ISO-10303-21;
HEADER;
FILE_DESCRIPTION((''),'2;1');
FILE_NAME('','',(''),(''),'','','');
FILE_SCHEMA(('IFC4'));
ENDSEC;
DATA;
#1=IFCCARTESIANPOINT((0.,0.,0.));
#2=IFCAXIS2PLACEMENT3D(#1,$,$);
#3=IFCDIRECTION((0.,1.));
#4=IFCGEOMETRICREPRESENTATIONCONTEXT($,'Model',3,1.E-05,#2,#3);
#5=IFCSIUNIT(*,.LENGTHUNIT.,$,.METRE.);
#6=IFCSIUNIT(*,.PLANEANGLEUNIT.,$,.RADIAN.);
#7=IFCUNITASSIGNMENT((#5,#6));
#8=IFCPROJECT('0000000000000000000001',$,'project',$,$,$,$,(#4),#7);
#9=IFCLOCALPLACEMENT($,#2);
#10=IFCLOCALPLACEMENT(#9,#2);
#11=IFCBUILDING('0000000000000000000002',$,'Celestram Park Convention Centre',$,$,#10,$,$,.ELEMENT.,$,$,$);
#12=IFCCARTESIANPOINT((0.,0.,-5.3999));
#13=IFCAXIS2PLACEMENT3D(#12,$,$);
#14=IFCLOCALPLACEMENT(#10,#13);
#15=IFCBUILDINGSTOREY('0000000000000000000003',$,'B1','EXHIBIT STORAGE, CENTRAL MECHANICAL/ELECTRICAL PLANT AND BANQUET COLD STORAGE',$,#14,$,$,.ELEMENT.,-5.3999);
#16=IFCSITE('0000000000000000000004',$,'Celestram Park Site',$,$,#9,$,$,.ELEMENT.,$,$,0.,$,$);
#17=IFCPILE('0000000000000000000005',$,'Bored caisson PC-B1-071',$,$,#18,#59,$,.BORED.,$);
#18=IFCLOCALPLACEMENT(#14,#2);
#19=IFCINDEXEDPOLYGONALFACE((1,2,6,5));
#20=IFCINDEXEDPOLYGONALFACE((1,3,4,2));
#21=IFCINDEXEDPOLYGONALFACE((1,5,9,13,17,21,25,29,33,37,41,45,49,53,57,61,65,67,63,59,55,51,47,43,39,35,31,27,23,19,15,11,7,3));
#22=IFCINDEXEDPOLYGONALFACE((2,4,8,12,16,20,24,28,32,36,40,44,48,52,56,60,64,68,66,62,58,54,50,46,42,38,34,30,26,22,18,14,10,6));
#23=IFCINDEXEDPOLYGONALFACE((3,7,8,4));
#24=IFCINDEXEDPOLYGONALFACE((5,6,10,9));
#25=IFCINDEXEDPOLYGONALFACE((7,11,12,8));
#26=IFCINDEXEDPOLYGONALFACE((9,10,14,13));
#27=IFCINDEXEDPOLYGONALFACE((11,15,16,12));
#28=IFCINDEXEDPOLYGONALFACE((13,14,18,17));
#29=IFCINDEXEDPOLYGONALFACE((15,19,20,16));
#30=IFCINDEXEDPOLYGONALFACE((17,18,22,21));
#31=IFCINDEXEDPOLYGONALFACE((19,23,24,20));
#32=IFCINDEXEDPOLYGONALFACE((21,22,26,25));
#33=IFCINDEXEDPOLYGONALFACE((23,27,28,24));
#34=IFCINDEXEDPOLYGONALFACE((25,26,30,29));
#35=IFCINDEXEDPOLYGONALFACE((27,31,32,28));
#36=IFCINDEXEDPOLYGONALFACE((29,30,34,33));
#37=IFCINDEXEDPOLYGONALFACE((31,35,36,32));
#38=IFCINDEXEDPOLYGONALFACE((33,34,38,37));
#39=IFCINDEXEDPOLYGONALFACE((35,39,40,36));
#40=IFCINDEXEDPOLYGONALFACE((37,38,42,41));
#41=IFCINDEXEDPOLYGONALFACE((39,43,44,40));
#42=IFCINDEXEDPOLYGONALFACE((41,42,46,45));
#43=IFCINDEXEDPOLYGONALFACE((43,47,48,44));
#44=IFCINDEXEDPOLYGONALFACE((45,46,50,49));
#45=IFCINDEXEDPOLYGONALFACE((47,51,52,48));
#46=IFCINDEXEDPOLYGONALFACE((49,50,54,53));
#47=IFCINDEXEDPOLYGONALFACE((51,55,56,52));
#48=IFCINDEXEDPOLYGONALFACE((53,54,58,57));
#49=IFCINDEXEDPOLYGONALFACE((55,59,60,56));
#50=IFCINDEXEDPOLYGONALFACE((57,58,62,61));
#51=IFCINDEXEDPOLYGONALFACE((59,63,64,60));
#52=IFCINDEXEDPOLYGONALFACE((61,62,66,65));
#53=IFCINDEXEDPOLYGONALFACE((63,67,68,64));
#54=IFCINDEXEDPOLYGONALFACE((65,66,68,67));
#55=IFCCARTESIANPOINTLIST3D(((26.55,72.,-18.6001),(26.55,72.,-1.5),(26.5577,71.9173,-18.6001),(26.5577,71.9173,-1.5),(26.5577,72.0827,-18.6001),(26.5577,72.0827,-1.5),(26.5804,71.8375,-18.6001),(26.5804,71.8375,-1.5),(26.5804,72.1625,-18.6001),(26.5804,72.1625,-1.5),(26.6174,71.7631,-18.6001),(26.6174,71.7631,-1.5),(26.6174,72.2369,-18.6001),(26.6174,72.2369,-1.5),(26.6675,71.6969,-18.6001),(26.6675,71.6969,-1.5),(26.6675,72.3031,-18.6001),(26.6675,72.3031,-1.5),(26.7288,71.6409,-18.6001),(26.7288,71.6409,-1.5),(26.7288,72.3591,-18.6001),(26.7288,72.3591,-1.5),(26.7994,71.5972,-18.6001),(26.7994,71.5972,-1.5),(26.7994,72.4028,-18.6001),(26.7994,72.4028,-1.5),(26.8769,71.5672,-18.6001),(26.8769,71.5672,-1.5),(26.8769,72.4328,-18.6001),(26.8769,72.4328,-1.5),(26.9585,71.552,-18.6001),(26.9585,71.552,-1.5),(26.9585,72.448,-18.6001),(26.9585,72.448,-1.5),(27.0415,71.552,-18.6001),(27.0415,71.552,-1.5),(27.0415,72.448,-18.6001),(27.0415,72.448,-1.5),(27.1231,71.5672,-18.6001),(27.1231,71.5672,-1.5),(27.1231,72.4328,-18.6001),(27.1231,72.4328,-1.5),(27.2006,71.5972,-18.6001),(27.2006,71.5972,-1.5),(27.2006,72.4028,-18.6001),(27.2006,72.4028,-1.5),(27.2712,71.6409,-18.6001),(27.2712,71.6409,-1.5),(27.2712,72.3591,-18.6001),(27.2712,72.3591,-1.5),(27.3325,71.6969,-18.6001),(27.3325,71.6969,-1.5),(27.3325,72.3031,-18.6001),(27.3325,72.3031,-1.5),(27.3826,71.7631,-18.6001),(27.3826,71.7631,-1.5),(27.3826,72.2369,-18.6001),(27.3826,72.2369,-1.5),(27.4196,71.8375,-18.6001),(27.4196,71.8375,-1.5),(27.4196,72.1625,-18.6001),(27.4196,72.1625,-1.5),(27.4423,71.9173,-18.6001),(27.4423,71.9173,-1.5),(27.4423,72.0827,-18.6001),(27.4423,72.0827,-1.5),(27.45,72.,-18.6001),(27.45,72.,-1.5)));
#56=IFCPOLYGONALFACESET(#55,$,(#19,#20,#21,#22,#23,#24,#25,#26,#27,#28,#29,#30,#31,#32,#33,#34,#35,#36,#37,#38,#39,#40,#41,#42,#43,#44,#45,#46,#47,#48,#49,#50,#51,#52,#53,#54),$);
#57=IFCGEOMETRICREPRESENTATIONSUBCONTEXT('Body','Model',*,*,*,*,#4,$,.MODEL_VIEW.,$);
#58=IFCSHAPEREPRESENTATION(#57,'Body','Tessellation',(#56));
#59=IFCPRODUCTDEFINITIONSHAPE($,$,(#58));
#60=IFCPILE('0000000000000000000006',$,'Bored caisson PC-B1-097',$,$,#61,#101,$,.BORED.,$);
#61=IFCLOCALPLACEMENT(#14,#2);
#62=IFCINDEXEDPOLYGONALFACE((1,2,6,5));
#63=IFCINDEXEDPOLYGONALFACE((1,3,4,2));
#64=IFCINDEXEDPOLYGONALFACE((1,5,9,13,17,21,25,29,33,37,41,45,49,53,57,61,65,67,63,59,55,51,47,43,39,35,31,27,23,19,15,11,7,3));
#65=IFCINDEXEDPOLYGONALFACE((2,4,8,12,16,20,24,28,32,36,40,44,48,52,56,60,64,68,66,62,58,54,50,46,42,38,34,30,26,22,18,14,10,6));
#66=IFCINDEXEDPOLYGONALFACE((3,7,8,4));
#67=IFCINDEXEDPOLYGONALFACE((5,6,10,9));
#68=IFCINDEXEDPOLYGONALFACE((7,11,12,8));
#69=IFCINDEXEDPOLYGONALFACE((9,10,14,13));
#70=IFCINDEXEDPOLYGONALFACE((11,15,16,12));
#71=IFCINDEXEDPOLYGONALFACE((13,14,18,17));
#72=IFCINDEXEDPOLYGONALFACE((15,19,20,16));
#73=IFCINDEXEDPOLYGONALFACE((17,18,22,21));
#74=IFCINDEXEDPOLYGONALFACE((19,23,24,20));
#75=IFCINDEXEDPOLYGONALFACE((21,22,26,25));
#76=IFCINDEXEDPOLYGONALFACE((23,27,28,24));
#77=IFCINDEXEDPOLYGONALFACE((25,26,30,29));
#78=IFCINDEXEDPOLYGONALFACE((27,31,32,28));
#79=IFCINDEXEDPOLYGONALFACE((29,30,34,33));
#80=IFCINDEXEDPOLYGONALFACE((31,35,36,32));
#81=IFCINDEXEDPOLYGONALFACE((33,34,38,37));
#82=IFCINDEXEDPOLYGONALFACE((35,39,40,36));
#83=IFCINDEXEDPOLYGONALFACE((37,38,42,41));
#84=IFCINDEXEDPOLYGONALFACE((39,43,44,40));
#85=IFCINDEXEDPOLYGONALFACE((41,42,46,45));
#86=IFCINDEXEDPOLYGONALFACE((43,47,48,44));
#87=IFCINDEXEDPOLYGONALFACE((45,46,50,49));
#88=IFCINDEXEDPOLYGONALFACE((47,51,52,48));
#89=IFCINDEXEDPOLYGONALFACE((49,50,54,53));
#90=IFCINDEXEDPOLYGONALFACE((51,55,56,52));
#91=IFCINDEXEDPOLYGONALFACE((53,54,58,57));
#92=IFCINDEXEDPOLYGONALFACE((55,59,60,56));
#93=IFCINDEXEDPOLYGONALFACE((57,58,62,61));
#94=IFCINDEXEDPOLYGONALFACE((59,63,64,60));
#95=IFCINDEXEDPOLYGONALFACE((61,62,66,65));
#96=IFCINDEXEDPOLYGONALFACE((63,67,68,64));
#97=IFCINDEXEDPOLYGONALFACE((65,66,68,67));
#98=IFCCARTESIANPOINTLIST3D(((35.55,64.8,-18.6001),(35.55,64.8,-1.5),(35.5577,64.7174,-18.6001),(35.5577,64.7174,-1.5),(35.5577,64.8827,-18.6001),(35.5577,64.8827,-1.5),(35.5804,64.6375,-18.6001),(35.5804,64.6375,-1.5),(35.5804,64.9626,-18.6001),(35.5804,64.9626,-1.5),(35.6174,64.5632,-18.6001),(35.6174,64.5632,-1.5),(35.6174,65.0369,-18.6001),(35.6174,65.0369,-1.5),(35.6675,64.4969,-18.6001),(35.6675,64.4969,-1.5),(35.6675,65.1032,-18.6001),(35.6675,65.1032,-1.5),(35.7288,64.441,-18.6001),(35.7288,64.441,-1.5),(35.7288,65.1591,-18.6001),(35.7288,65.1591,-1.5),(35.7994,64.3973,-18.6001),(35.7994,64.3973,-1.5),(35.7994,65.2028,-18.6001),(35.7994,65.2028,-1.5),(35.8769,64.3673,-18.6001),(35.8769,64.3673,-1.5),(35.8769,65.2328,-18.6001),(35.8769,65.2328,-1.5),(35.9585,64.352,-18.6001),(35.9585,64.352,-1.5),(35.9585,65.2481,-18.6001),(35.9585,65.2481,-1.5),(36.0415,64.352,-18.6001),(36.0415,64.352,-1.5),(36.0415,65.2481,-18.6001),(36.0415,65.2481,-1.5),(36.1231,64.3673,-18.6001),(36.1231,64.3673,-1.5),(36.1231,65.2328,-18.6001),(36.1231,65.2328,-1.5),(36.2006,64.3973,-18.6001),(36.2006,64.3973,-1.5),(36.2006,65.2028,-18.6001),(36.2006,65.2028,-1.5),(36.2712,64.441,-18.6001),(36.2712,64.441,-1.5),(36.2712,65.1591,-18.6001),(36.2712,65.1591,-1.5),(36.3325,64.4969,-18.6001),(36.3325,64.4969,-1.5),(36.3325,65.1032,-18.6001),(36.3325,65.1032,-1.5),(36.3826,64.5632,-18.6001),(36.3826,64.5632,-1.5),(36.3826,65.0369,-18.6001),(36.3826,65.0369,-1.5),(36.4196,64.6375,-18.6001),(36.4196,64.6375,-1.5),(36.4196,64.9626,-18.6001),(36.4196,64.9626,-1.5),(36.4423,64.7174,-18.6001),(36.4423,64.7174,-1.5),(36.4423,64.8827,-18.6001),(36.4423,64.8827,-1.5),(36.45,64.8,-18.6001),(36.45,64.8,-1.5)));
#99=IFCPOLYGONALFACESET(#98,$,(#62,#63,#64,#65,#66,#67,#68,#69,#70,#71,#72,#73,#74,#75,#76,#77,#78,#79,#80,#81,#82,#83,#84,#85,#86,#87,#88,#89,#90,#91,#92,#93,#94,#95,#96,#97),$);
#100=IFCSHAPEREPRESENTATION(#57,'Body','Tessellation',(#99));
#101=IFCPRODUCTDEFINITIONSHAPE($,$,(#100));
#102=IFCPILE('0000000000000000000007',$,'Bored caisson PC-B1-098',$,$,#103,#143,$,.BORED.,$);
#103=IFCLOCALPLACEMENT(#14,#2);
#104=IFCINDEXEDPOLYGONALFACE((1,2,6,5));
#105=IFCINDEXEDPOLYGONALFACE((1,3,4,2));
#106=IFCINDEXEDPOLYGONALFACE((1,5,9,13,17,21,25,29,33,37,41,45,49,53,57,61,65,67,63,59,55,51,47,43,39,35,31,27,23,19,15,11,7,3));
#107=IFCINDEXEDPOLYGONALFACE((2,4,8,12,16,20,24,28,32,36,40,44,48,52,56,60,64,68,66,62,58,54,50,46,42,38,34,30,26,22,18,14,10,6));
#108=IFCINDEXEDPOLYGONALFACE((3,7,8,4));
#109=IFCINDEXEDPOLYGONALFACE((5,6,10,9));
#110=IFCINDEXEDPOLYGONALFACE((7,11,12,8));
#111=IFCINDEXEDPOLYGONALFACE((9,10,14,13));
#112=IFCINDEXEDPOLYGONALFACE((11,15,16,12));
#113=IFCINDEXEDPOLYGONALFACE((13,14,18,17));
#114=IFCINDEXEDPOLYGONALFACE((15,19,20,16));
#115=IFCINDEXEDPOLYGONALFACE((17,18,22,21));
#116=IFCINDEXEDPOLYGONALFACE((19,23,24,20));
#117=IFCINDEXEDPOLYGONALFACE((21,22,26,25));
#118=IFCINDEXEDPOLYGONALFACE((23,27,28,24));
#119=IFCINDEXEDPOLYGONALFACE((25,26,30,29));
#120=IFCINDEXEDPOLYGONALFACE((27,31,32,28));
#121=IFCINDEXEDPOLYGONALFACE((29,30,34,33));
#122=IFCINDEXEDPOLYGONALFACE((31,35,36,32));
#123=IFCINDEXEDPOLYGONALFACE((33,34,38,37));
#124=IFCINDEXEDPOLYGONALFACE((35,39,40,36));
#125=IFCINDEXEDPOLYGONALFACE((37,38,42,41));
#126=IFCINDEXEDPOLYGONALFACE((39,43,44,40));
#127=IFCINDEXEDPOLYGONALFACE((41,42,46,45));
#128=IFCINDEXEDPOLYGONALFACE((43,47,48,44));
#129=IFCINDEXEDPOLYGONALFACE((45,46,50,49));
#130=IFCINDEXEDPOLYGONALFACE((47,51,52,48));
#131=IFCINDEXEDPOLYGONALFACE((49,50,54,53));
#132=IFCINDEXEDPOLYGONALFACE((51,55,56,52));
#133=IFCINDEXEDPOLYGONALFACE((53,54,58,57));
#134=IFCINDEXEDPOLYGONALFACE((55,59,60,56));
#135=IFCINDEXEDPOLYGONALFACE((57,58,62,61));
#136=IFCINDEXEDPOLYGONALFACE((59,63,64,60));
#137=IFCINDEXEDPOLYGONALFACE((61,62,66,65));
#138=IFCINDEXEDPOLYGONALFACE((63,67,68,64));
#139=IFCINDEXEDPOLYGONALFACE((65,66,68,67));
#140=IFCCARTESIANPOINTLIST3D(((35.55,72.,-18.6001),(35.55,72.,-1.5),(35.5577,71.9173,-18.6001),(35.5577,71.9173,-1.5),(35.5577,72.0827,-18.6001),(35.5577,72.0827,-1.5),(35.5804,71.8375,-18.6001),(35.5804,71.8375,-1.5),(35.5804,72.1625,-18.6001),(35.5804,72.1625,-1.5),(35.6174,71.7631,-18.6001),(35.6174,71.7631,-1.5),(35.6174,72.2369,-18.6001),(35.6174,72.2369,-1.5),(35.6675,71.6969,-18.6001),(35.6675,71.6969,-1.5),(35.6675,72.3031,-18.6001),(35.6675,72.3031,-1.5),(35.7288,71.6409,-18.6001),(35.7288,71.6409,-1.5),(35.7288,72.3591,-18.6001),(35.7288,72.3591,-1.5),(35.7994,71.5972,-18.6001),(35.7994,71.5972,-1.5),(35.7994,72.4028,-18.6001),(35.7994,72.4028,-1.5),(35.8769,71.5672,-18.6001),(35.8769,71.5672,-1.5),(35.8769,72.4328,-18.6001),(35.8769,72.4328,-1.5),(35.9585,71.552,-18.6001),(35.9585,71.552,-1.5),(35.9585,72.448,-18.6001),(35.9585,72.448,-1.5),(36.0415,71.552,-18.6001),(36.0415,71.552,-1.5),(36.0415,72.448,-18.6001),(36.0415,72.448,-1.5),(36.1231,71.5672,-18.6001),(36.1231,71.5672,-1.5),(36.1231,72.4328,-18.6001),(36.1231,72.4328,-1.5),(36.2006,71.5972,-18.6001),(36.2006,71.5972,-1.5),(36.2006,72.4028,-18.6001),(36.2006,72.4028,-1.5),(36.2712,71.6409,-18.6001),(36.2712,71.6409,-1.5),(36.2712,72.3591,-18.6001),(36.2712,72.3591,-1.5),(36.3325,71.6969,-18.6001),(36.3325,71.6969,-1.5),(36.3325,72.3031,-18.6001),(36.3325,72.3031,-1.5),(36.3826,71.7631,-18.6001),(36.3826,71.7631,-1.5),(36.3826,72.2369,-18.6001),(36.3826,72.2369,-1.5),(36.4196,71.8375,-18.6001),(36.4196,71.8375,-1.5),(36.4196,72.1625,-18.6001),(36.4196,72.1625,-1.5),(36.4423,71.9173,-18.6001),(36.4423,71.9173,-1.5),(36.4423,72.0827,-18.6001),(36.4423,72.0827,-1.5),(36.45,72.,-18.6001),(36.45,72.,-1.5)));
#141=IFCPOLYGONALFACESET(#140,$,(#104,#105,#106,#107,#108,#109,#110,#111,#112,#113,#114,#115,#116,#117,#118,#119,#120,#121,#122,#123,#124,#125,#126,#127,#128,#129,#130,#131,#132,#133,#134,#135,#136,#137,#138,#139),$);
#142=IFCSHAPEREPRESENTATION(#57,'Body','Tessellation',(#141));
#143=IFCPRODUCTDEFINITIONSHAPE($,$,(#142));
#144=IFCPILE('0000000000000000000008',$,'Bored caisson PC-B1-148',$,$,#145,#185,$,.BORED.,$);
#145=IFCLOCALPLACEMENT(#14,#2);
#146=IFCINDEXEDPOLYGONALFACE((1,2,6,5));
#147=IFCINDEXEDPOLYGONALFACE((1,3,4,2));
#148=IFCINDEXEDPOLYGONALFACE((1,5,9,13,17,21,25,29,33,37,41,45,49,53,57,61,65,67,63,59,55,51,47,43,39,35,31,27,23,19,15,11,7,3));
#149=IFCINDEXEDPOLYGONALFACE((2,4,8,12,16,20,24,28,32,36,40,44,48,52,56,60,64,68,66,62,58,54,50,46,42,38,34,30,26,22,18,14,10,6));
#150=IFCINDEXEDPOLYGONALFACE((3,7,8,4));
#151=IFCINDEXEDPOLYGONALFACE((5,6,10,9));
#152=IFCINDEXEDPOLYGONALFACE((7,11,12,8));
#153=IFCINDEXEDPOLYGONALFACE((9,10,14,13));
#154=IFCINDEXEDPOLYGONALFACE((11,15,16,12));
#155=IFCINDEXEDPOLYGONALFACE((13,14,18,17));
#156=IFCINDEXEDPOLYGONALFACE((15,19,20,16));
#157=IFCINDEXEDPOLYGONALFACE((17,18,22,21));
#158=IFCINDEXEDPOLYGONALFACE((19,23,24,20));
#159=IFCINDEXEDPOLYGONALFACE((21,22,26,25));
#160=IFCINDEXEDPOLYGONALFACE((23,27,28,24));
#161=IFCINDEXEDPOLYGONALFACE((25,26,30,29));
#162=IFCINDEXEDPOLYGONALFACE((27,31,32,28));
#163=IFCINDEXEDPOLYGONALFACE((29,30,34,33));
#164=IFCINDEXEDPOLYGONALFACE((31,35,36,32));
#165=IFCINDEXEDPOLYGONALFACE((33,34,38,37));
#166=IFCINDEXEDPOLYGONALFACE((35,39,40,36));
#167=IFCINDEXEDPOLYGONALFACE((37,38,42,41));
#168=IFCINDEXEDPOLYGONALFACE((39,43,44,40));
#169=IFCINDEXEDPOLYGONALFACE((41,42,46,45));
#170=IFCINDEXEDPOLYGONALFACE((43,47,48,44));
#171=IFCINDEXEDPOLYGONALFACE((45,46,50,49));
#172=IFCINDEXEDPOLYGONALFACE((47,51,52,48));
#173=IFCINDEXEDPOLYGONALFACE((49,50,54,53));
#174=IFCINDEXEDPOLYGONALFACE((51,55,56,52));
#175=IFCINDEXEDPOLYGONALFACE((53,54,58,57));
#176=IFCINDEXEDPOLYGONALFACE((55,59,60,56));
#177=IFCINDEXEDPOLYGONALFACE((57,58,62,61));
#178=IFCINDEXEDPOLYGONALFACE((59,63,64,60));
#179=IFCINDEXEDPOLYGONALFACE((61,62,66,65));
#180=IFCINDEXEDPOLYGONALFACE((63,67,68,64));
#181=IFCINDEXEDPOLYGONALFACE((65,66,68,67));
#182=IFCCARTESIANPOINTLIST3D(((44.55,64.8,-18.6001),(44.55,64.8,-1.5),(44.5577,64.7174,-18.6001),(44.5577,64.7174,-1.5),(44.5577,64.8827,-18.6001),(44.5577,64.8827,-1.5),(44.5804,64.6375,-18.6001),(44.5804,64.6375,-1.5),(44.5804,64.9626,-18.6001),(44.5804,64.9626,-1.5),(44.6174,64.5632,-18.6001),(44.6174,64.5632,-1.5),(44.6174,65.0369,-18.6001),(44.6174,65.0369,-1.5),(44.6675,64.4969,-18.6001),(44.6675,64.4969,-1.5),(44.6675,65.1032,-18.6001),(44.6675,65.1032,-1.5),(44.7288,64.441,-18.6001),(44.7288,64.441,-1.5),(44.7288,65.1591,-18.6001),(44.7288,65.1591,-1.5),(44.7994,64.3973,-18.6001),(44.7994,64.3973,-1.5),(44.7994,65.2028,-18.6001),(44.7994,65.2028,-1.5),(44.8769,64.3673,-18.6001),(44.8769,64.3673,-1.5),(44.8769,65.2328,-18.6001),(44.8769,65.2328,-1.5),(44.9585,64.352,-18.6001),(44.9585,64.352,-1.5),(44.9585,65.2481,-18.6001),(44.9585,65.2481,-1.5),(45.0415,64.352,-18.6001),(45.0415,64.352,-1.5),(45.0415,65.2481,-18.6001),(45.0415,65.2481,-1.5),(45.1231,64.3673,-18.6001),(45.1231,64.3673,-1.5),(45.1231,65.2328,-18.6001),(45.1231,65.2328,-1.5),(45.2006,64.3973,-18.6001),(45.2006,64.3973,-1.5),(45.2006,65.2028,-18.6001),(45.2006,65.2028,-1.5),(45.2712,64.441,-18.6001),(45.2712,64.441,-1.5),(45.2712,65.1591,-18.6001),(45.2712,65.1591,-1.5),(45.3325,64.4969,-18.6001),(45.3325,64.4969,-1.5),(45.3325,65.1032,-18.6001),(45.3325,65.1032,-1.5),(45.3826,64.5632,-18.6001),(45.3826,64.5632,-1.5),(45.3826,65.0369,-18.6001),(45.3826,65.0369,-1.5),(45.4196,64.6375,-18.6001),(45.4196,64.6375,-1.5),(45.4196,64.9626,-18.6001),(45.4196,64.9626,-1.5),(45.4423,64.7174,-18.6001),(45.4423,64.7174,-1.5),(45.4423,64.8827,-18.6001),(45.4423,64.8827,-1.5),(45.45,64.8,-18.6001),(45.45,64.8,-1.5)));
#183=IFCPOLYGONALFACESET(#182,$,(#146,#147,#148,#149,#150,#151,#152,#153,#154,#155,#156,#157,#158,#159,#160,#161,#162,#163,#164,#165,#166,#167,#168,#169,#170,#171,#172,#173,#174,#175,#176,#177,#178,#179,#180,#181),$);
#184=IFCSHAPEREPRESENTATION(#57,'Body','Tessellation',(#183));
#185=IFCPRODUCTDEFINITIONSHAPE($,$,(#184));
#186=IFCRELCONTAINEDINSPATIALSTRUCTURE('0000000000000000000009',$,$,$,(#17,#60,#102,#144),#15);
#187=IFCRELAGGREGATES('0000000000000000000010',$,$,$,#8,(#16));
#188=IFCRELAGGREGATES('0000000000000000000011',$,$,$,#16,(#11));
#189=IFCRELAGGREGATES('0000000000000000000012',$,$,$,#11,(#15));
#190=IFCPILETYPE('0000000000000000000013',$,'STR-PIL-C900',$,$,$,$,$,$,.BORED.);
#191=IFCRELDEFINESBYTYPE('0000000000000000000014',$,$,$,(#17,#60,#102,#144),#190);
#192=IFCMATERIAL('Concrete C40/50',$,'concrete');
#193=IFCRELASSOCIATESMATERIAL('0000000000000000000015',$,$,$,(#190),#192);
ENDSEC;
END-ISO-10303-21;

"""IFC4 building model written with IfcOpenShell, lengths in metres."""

from ifc_helpers import new_model, si_unit, direction, frame, origin, origin_2d, place, context, subcontext, project, spatial, circle, extrude, material, material_profile, profile_set, type_object, element, save


model = new_model("IFC4")

# Units and contexts
model_context = context("Model", 3, precision=1e-05, world=origin(), true_north=direction((0.0, 1.0)))
body_context = subcontext(model_context, "Body", "Model", "MODEL_VIEW")
ifc_project = project(units=[si_unit("LENGTHUNIT", "METRE"), si_unit("PLANEANGLEUNIT", "RADIAN")], contexts=[model_context])

# Site, building, storey
site_placement = place(None, origin())
site = spatial("IfcSite", under=ifc_project, at=site_placement, Name="Celestram Park Site", CompositionType="ELEMENT", RefElevation=0.0)
building_placement = place(site_placement, origin())
building = spatial("IfcBuilding", under=site, at=building_placement, Name="Celestram Park Convention Centre", CompositionType="ELEMENT")
storey_placement = place(building_placement, frame((0.0, 0.0, -5.3999)))
storey = spatial("IfcBuildingStorey", under=building, at=storey_placement, Name="B1", Description="EXHIBIT STORAGE, CENTRAL MECHANICAL/ELECTRICAL PLANT AND BANQUET COLD STORAGE", CompositionType="ELEMENT", Elevation=-5.3999)

# Shared definitions
ifc_material_1 = material(Name="Concrete C40/50", Category="concrete")

# Piles
ifc_material_profile_1 = material_profile(ifc_material_1, circle(Radius=0.45, at=origin_2d()), Name="CAISSON900")
ifc_profile_set_1 = profile_set([ifc_material_profile_1], Name="Concrete C40/50")
pile_type = type_object("IfcPileType", Name="STR-PIL-C900", PredefinedType="BORED", material=ifc_profile_set_1)
for number, where, z_axis, x_axis, name in (
    (1, (27.0, 72.0, -1.5), (0.0, 0.0, -1.0), (1.0, 0.0, 0.0), "Bored caisson PC-B1-071"),
    (2, (36.0, 64.8, -1.5), (0.0, 0.0, -1.0), (1.0, 0.0, 0.0), "Bored caisson PC-B1-097"),
    (3, (36.0, 72.0, -1.5), (0.0, 0.0, -1.0), (1.0, 0.0, 0.0), "Bored caisson PC-B1-098"),
    (4, (45.0, 64.8, -1.5), (0.0, 0.0, -1.0), (1.0, 0.0, 0.0), "Bored caisson PC-B1-148"),
):
    element("IfcPile", number, at=place(storey_placement, frame(where, z_axis=z_axis, x_axis=x_axis)), inside=storey, type_object=pile_type, Name=name, PredefinedType="BORED", context=body_context, shape_type="SweptSolid", body=[
        extrude(circle(Radius=0.45, at=origin_2d()), origin(), (0.0, 0.0, 1.0), 17.1001),
    ])

save(model, "model.ifc")
